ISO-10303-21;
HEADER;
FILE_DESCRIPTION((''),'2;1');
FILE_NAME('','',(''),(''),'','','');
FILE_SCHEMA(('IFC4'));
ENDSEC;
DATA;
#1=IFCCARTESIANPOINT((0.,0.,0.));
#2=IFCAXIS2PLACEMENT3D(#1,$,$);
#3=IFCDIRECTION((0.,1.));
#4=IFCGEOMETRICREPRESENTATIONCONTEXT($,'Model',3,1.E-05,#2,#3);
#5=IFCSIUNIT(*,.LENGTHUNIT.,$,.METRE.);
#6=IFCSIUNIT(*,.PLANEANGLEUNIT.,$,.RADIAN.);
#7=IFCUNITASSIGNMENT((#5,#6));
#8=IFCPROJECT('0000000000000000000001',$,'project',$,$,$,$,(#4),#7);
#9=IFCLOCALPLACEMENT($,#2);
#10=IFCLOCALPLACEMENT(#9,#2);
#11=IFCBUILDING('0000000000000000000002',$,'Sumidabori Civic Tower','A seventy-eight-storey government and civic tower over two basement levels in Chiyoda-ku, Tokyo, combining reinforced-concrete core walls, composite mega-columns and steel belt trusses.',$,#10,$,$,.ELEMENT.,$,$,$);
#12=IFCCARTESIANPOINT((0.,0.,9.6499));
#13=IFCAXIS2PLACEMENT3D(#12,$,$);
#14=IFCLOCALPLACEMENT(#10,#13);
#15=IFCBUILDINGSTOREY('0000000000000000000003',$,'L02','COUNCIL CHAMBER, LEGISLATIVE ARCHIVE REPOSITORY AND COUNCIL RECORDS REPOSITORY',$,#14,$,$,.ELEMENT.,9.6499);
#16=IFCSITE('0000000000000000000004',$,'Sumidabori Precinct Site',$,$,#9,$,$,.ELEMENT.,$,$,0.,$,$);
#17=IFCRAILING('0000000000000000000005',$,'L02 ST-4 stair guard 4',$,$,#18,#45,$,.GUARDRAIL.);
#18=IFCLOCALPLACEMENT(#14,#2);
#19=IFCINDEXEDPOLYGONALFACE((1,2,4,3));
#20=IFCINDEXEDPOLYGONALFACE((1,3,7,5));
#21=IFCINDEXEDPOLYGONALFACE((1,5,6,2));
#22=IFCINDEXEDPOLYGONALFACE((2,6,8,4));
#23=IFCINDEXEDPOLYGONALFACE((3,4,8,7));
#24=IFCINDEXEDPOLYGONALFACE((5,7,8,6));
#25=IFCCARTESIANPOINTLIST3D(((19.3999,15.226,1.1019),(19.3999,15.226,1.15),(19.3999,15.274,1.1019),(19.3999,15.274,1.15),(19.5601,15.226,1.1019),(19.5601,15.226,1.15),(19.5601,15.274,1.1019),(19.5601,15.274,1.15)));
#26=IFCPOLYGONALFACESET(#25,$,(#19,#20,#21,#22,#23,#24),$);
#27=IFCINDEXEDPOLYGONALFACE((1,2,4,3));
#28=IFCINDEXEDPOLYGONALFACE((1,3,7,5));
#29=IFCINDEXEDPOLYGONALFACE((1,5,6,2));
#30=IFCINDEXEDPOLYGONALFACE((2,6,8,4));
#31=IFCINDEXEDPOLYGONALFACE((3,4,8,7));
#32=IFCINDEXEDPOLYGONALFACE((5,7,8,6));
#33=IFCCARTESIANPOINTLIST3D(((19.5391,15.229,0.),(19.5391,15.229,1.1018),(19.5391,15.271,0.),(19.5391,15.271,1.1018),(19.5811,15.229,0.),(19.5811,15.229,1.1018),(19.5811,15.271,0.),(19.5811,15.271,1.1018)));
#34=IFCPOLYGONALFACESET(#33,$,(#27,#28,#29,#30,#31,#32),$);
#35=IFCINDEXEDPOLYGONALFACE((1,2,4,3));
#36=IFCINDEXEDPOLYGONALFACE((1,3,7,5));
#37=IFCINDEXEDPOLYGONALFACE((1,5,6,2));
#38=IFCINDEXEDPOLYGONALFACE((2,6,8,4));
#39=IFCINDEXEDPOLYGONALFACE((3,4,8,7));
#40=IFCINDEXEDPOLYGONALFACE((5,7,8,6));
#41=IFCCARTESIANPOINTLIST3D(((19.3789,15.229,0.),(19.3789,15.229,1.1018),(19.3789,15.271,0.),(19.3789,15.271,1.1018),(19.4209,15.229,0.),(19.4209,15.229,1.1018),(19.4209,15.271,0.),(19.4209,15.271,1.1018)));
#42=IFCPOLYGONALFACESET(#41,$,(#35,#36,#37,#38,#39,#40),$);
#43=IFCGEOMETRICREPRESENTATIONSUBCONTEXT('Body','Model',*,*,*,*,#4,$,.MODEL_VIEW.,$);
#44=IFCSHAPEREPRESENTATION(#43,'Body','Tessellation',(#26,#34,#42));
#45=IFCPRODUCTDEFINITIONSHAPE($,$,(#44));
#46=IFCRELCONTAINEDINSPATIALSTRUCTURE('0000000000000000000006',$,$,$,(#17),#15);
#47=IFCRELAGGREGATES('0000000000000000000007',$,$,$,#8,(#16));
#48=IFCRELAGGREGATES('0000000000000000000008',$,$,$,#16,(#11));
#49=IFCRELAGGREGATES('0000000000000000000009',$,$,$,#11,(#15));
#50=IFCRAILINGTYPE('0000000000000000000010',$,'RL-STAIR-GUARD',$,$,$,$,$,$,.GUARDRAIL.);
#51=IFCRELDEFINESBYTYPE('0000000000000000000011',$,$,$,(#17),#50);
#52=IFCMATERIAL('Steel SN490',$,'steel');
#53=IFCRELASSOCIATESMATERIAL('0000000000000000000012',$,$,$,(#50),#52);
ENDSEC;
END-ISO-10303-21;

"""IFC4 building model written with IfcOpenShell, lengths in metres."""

from ifc_helpers import new_model, si_unit, direction, frame, origin, origin_2d, place, context, subcontext, project, spatial, rectangle, extrude, material, type_object, element, save


model = new_model("IFC4")

# Units and contexts
model_context = context("Model", 3, precision=1e-05, world=origin(), true_north=direction((0.0, 1.0)))
body_context = subcontext(model_context, "Body", "Model", "MODEL_VIEW")
ifc_project = project(units=[si_unit("LENGTHUNIT", "METRE"), si_unit("PLANEANGLEUNIT", "RADIAN")], contexts=[model_context])

# Site, building, storey
site_placement = place(None, origin())
site = spatial("IfcSite", under=ifc_project, at=site_placement, Name="Sumidabori Precinct Site", CompositionType="ELEMENT", RefElevation=0.0)
building_placement = place(site_placement, origin())
building = spatial("IfcBuilding", under=site, at=building_placement, Name="Sumidabori Civic Tower", Description="A seventy-eight-storey government and civic tower over two basement levels in Chiyoda-ku, Tokyo, combining reinforced-concrete core walls, composite mega-columns and steel belt trusses.", CompositionType="ELEMENT")
storey_placement = place(building_placement, frame((0.0, 0.0, 9.6499)))
storey = spatial("IfcBuildingStorey", under=building, at=storey_placement, Name="L02", Description="COUNCIL CHAMBER, LEGISLATIVE ARCHIVE REPOSITORY AND COUNCIL RECORDS REPOSITORY", CompositionType="ELEMENT", Elevation=9.6499)

# Shared definitions
ifc_material_1 = material(Name="Steel SN490", Category="steel")

# Railing
railing_type_1 = type_object("IfcRailingType", Name="RL-STAIR-GUARD", PredefinedType="GUARDRAIL", material=ifc_material_1)
railing_1_placement = place(storey_placement, frame((19.5601, 15.25, 0.0)))
element("IfcRailing", 1, at=railing_1_placement, inside=storey, type_object=railing_type_1, Name="L02 ST-4 stair guard 4", PredefinedType="GUARDRAIL", context=body_context, shape_type="SweptSolid", body=[
    extrude(rectangle(XDim=0.0481, YDim=0.0481, at=origin_2d()), frame((0.0, 0.0, 1.126), z_axis=(-1.0, 0.0, 0.0), x_axis=(0.0, -1.0, 0.0)), (0.0, 0.0, 1.0), 0.1602),
    extrude(rectangle(XDim=0.042, YDim=0.042, at=origin_2d()), origin(), (0.0, 0.0, 1.0), 1.1018),
    extrude(rectangle(XDim=0.042, YDim=0.042, at=origin_2d()), frame((-0.1602, 0.0, 0.0)), (0.0, 0.0, 1.0), 1.1018),
])

save(model, "model.ifc")
